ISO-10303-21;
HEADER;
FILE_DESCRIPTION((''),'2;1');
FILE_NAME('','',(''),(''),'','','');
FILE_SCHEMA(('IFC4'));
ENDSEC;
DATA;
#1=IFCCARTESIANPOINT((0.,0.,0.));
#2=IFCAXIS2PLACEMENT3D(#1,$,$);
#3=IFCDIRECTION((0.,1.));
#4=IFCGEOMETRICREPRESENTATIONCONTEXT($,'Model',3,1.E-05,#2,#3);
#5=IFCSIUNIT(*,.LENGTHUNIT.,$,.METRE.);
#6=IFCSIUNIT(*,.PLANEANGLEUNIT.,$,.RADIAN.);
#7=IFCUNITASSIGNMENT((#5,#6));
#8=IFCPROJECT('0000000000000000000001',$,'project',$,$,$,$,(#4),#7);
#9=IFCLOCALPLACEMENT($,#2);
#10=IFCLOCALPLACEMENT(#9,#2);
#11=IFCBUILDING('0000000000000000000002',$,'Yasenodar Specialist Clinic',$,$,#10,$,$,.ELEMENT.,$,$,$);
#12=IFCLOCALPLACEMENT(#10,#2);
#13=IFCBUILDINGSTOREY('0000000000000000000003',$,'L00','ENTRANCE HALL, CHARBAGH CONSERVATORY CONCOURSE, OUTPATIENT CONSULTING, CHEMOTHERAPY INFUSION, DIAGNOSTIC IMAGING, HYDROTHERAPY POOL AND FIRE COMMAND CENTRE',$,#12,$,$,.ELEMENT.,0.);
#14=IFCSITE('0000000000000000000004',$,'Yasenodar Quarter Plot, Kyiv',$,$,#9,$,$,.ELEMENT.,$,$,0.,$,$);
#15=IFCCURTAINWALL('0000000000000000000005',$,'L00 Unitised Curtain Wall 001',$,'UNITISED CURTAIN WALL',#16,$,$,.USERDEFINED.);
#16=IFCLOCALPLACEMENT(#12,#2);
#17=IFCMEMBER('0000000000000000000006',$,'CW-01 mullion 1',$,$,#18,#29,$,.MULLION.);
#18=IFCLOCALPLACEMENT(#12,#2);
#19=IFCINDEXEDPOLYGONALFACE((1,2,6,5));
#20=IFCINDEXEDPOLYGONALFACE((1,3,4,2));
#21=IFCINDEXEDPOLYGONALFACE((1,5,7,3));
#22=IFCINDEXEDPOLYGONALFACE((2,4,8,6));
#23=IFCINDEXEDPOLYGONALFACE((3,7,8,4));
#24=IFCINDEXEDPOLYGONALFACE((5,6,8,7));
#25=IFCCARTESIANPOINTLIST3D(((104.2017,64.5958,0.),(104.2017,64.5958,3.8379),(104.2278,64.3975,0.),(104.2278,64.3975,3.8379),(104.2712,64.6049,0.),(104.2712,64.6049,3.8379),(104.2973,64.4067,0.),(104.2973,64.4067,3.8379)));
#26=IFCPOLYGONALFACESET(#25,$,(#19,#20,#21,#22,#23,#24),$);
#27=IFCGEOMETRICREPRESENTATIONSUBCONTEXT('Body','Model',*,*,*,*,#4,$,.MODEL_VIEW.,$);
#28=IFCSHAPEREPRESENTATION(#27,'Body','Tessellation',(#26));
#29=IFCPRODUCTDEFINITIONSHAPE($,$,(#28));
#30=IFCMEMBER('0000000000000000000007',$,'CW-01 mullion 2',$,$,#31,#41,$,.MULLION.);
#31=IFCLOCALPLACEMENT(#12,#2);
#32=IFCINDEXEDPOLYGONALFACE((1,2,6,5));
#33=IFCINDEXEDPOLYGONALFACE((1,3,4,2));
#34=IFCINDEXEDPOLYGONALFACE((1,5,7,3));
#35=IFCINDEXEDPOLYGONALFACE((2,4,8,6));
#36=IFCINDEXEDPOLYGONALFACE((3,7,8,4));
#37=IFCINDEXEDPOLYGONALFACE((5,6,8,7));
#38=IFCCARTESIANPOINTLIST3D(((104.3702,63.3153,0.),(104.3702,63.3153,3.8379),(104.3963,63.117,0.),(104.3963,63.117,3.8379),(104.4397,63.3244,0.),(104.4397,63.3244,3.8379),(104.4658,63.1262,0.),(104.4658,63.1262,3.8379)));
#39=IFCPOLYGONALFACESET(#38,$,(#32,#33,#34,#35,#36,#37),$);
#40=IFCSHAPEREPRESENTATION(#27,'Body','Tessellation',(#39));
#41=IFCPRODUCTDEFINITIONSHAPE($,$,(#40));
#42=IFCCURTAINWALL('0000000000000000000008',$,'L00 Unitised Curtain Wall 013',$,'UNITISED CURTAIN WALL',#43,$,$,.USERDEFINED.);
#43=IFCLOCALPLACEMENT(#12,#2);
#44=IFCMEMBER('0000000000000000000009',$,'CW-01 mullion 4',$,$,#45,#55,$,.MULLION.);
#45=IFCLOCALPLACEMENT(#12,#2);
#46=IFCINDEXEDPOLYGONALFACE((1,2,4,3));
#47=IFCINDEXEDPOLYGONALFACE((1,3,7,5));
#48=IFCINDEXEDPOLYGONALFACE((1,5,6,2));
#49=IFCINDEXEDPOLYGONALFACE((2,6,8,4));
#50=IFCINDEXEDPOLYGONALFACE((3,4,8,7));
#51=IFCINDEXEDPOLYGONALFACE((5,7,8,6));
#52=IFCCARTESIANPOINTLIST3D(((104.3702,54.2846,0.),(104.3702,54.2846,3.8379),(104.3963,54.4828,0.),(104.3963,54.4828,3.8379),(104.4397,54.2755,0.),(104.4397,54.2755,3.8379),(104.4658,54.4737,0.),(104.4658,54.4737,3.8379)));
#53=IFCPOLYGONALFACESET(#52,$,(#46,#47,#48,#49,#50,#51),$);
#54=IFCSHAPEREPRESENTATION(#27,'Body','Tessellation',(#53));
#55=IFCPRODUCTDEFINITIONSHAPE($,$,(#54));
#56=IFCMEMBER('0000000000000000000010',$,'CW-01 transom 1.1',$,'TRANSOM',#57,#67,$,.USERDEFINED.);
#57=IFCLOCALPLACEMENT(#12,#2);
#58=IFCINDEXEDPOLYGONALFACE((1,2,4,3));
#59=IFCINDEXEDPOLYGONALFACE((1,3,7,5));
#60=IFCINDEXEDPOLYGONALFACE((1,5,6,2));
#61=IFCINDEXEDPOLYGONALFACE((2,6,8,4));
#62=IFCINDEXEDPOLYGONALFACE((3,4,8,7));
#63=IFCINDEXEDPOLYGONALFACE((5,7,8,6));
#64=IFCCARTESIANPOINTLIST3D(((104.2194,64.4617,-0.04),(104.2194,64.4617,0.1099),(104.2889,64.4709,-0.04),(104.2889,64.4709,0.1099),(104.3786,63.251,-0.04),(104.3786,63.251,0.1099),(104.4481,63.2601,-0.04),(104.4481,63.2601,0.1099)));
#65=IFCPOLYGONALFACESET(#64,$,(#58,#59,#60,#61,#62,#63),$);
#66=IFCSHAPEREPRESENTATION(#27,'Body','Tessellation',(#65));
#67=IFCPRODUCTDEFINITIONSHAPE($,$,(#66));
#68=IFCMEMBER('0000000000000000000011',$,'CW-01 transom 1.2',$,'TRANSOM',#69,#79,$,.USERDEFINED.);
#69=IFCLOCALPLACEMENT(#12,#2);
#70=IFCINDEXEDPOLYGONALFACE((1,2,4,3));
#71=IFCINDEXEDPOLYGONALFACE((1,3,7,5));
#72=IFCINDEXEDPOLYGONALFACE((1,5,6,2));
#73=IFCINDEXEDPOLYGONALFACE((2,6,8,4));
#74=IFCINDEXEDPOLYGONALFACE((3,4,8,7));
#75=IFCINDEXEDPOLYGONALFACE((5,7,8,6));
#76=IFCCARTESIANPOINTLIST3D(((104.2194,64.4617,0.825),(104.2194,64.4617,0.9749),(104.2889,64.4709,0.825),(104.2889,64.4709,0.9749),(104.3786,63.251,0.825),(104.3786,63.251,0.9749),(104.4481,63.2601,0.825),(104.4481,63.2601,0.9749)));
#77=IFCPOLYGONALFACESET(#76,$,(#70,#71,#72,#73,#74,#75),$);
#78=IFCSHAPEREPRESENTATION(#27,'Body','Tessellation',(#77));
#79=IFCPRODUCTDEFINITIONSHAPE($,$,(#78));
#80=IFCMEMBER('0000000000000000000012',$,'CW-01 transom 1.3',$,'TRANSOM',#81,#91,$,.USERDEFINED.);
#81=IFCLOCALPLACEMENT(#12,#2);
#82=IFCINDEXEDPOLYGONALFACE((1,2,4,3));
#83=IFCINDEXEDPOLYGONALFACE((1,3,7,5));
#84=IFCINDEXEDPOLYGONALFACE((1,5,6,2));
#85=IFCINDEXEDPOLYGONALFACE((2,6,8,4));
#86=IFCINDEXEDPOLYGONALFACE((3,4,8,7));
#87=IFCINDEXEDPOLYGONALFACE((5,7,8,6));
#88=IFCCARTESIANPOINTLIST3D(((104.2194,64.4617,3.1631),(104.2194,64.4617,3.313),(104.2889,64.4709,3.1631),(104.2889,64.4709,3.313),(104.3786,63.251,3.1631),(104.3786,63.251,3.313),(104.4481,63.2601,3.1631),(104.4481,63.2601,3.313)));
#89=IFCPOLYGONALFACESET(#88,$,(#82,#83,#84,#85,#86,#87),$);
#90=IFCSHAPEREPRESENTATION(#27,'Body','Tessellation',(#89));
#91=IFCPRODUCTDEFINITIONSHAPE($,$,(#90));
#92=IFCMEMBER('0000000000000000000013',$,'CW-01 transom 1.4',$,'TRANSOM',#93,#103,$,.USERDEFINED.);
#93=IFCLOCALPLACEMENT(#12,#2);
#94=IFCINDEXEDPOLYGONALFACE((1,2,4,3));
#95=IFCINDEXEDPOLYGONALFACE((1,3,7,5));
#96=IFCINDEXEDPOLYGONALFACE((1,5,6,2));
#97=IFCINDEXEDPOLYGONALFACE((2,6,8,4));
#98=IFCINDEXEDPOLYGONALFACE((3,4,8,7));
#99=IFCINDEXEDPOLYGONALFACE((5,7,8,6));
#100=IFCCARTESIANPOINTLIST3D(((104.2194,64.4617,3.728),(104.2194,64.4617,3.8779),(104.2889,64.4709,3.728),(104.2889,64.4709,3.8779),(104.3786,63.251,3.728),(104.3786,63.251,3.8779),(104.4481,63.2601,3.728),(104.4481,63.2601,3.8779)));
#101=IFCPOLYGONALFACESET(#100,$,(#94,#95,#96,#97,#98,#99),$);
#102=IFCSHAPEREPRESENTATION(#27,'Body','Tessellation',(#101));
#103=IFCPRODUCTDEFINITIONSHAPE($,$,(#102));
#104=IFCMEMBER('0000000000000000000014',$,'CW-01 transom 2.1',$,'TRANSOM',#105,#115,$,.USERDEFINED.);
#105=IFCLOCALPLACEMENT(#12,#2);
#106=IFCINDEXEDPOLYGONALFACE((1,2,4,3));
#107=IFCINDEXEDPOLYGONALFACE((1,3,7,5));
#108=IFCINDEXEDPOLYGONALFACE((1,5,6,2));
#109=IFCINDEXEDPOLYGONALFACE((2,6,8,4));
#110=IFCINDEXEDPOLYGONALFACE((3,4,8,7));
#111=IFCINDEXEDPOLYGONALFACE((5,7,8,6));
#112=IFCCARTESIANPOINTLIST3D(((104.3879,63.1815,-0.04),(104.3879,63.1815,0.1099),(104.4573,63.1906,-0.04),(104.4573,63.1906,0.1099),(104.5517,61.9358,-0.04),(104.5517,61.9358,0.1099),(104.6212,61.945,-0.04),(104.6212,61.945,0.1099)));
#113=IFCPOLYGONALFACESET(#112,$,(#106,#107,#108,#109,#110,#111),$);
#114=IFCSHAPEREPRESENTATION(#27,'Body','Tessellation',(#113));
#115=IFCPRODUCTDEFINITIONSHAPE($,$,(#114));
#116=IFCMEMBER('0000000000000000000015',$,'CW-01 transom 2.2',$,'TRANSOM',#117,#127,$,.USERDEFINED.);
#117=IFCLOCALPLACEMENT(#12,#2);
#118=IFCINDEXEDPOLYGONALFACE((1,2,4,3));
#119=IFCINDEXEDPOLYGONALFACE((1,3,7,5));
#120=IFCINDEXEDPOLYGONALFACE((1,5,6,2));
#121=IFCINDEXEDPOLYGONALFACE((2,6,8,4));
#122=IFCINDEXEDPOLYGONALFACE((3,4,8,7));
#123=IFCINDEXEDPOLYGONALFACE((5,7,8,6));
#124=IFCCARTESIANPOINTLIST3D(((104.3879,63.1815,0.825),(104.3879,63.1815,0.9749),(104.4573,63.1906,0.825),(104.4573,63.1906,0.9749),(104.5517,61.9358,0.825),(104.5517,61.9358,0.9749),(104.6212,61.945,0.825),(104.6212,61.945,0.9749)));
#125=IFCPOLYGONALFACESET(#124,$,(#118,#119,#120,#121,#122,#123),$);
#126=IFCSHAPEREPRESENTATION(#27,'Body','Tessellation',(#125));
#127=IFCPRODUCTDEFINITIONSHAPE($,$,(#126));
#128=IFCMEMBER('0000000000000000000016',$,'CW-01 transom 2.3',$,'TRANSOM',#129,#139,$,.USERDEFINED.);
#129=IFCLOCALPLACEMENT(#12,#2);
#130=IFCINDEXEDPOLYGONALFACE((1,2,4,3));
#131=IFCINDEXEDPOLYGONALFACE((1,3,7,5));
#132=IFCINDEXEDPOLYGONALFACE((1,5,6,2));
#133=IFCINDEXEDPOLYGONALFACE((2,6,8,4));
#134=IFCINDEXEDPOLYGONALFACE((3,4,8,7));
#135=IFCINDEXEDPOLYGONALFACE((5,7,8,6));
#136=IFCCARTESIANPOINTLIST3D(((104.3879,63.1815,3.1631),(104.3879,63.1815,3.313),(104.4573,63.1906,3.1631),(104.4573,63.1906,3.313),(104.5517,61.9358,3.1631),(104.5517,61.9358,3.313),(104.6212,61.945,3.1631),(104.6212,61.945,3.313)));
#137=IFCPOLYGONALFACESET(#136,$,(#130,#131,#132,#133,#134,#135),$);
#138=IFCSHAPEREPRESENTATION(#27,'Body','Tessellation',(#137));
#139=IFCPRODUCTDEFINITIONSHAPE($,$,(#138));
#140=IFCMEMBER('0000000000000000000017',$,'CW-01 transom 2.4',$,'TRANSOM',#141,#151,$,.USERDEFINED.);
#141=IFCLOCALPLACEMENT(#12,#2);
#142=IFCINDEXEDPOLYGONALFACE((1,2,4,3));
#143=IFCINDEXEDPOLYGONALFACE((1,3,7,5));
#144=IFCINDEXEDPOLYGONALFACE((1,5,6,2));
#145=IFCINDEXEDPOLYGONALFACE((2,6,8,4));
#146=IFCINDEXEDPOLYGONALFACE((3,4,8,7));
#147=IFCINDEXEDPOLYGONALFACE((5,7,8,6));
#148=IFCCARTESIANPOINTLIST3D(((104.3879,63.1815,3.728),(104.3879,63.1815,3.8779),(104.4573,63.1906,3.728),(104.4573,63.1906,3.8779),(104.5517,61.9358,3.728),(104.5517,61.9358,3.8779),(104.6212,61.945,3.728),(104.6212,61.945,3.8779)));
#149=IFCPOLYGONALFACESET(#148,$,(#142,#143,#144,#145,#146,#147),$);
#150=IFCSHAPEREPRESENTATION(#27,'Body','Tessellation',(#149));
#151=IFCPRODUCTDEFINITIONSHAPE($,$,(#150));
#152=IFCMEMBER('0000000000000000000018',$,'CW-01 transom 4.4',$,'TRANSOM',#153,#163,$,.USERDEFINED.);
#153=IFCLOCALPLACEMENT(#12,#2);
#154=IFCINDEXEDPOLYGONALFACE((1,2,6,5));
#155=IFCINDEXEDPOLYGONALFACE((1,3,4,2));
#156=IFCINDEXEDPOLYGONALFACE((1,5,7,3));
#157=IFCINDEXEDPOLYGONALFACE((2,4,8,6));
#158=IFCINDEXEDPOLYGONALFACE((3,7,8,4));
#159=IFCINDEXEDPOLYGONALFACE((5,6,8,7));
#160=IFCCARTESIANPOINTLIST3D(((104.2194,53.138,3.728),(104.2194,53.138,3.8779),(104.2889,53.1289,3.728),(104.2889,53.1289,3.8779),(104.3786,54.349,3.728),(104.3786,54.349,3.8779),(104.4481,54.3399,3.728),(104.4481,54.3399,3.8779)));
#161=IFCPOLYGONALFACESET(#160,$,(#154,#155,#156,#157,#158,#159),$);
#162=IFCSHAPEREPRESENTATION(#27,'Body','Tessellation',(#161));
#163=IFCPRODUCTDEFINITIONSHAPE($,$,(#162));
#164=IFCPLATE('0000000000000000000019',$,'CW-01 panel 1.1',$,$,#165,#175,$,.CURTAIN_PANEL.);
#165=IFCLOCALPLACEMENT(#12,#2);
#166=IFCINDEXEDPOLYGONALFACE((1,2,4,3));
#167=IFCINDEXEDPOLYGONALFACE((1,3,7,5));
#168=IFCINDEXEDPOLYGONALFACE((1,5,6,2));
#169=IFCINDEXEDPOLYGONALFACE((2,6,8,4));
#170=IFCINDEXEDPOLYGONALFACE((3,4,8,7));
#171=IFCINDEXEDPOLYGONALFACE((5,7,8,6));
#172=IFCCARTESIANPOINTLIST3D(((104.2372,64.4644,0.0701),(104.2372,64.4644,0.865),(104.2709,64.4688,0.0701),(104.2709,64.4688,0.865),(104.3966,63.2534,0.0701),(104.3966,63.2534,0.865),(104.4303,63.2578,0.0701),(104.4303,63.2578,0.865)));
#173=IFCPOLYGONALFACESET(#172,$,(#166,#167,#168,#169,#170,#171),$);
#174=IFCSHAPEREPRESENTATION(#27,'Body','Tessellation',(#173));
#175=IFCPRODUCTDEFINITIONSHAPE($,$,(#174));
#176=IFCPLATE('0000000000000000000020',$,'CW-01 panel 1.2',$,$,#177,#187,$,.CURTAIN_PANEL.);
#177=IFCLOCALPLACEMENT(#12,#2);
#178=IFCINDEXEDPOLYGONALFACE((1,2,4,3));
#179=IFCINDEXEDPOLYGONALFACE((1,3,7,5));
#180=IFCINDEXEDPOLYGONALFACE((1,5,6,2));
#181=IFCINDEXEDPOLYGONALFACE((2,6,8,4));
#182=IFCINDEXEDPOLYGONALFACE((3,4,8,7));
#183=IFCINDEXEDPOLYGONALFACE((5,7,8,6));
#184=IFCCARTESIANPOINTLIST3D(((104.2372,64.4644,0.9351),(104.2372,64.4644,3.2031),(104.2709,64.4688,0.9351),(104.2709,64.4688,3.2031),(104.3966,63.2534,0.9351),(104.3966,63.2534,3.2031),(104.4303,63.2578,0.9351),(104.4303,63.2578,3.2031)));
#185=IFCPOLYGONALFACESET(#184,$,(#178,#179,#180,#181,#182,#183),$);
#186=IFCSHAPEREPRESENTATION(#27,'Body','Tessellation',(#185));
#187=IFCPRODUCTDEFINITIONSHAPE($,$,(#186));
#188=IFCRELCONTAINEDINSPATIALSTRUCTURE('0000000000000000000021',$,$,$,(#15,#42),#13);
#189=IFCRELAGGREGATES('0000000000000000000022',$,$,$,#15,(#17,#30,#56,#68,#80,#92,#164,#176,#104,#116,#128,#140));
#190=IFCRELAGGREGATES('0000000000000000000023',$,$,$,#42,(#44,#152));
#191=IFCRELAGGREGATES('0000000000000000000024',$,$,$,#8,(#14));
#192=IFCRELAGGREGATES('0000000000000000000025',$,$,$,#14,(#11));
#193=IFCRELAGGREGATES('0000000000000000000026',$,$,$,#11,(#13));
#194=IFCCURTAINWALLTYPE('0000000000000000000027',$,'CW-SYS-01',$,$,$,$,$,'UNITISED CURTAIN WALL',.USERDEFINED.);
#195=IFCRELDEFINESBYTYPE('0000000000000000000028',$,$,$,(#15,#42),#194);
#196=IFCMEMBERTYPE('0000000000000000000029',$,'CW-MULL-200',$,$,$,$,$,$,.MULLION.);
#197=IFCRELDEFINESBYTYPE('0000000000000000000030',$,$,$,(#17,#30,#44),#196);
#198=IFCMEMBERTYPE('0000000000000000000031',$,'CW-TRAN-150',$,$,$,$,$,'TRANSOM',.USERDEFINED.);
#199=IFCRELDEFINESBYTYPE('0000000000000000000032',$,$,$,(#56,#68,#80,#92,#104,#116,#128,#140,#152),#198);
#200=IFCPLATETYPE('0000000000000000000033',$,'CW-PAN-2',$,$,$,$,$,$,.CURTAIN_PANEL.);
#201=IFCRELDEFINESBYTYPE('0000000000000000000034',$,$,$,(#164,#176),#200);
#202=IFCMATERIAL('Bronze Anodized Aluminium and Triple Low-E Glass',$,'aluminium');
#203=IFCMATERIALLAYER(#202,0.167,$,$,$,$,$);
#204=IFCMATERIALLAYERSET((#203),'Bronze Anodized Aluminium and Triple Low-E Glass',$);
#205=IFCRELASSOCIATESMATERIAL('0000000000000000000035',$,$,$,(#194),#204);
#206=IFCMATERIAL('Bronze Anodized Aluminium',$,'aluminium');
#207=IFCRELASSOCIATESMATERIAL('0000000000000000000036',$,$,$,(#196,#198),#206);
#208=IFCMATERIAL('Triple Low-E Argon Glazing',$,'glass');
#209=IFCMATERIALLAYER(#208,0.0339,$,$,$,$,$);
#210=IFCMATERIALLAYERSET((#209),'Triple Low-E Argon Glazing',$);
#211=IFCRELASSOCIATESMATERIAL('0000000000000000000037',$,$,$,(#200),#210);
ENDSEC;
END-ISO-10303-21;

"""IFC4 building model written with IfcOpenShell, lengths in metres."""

from ifc_helpers import new_model, si_unit, direction, frame, origin, origin_2d, place, context, subcontext, project, spatial, rectangle, extrude, material, layer, layer_set, material_profile, profile_set, type_object, element, aggregate, save


model = new_model("IFC4")

# Units and contexts
model_context = context("Model", 3, precision=1e-05, world=origin(), true_north=direction((0.0, 1.0)))
body_context = subcontext(model_context, "Body", "Model", "MODEL_VIEW")
ifc_project = project(units=[si_unit("LENGTHUNIT", "METRE"), si_unit("PLANEANGLEUNIT", "RADIAN")], contexts=[model_context])

# Site, building, storey
site_placement = place(None, origin())
site = spatial("IfcSite", under=ifc_project, at=site_placement, Name="Yasenodar Quarter Plot, Kyiv", CompositionType="ELEMENT", RefElevation=0.0)
building_placement = place(site_placement, origin())
building = spatial("IfcBuilding", under=site, at=building_placement, Name="Yasenodar Specialist Clinic", CompositionType="ELEMENT")
storey_placement = place(building_placement, origin())
storey = spatial("IfcBuildingStorey", under=building, at=storey_placement, Name="L00", Description="ENTRANCE HALL, CHARBAGH CONSERVATORY CONCOURSE, OUTPATIENT CONSULTING, CHEMOTHERAPY INFUSION, DIAGNOSTIC IMAGING, HYDROTHERAPY POOL AND FIRE COMMAND CENTRE", CompositionType="ELEMENT", Elevation=0.0)

# Curtain wall, members
ifc_material_1 = material(Name="Bronze Anodized Aluminium and Triple Low-E Glass", Category="aluminium")
ifc_layer_1 = layer(ifc_material_1, 0.167)
ifc_layer_set_1 = layer_set([ifc_layer_1], Name="Bronze Anodized Aluminium and Triple Low-E Glass")
curtain_wall_type = type_object("IfcCurtainWallType", Name="CW-SYS-01", ElementType="UNITISED CURTAIN WALL", PredefinedType="USERDEFINED", material=ifc_layer_set_1)
curtain_wall_1_placement = place(storey_placement, origin())
curtain_wall_1 = element("IfcCurtainWall", 1, at=curtain_wall_1_placement, inside=storey, type_object=curtain_wall_type, Name="L00 Unitised Curtain Wall 001", ObjectType="UNITISED CURTAIN WALL", PredefinedType="USERDEFINED")
ifc_material_2 = material(Name="Bronze Anodized Aluminium", Category="aluminium")
ifc_material_profile_1 = material_profile(ifc_material_2, rectangle(XDim=0.0701, YDim=0.2, at=origin_2d()), Name="CW-MULL 70x200")
ifc_profile_set_1 = profile_set([ifc_material_profile_1], Name="Bronze Anodized Aluminium")
member_type_1 = type_object("IfcMemberType", Name="CW-MULL-200", PredefinedType="MULLION", material=ifc_profile_set_1)
member_1_placement = place(storey_placement, frame((104.2495, 64.5012, 0.0), z_axis=(0.0, 0.0, 1.0), x_axis=(0.991447, 0.130512, 0.0)))
member_1 = element("IfcMember", 2, at=member_1_placement, type_object=member_type_1, Name="CW-01 mullion 1", PredefinedType="MULLION", context=body_context, shape_type="SweptSolid", body=[
    extrude(rectangle(XDim=0.0701, YDim=0.2, at=origin_2d()), origin(), (0.0, 0.0, 1.0), 3.8379),
])
member_2_placement = place(storey_placement, frame((104.418, 63.2207, 0.0), z_axis=(0.0, 0.0, 1.0), x_axis=(0.991447, 0.130512, 0.0)))
member_2 = element("IfcMember", 3, at=member_2_placement, type_object=member_type_1, Name="CW-01 mullion 2", PredefinedType="MULLION", context=body_context, shape_type="SweptSolid", body=[
    extrude(rectangle(XDim=0.0701, YDim=0.2, at=origin_2d()), origin(), (0.0, 0.0, 1.0), 3.8379),
])

# Curtain wall, member
curtain_wall_2_placement = place(storey_placement, origin())
curtain_wall_2 = element("IfcCurtainWall", 4, at=curtain_wall_2_placement, inside=storey, type_object=curtain_wall_type, Name="L00 Unitised Curtain Wall 013", ObjectType="UNITISED CURTAIN WALL", PredefinedType="USERDEFINED")
member_3_placement = place(storey_placement, frame((104.418, 54.3792, 0.0), z_axis=(0.0, 0.0, 1.0), x_axis=(0.991447, -0.130512, 0.0)))
member_3 = element("IfcMember", 5, at=member_3_placement, type_object=member_type_1, Name="CW-01 mullion 4", PredefinedType="MULLION", context=body_context, shape_type="SweptSolid", body=[
    extrude(rectangle(XDim=0.0701, YDim=0.2, at=origin_2d()), origin(), (0.0, 0.0, 1.0), 3.8379),
])

# Members
ifc_material_profile_2 = material_profile(ifc_material_2, rectangle(XDim=0.0701, YDim=0.1499, at=origin_2d()), Name="CW-TRAN 70x150")
ifc_profile_set_2 = profile_set([ifc_material_profile_2], Name="Bronze Anodized Aluminium")
member_type_2 = type_object("IfcMemberType", Name="CW-TRAN-150", ElementType="TRANSOM", PredefinedType="USERDEFINED", material=ifc_profile_set_2)
member_4_placement = place(storey_placement, frame((104.2542, 64.4663, 0.0349), z_axis=(0.130356, -0.991467, 0.0), x_axis=(0.991467, 0.130356, 0.0)))
member_4 = element("IfcMember", 6, at=member_4_placement, type_object=member_type_2, Name="CW-01 transom 1.1", ObjectType="TRANSOM", PredefinedType="USERDEFINED", context=body_context, shape_type="SweptSolid", body=[
    extrude(rectangle(XDim=0.0701, YDim=0.1499, at=origin_2d()), origin(), (0.0, 0.0, 1.0), 1.2212),
])
member_5_placement = place(storey_placement, frame((104.2542, 64.4663, 0.8999), z_axis=(0.130356, -0.991467, 0.0), x_axis=(0.991467, 0.130356, 0.0)))
member_5 = element("IfcMember", 7, at=member_5_placement, type_object=member_type_2, Name="CW-01 transom 1.2", ObjectType="TRANSOM", PredefinedType="USERDEFINED", context=body_context, shape_type="SweptSolid", body=[
    extrude(rectangle(XDim=0.0701, YDim=0.1499, at=origin_2d()), origin(), (0.0, 0.0, 1.0), 1.2212),
])
member_6_placement = place(storey_placement, frame((104.2542, 64.4663, 3.238), z_axis=(0.130356, -0.991467, 0.0), x_axis=(0.991467, 0.130356, 0.0)))
member_6 = element("IfcMember", 8, at=member_6_placement, type_object=member_type_2, Name="CW-01 transom 1.3", ObjectType="TRANSOM", PredefinedType="USERDEFINED", context=body_context, shape_type="SweptSolid", body=[
    extrude(rectangle(XDim=0.0701, YDim=0.1499, at=origin_2d()), origin(), (0.0, 0.0, 1.0), 1.2212),
])
member_7_placement = place(storey_placement, frame((104.2542, 64.4663, 3.803), z_axis=(0.130356, -0.991467, 0.0), x_axis=(0.991467, 0.130356, 0.0)))
member_7 = element("IfcMember", 9, at=member_7_placement, type_object=member_type_2, Name="CW-01 transom 1.4", ObjectType="TRANSOM", PredefinedType="USERDEFINED", context=body_context, shape_type="SweptSolid", body=[
    extrude(rectangle(XDim=0.0701, YDim=0.1499, at=origin_2d()), origin(), (0.0, 0.0, 1.0), 1.2212),
])
member_8_placement = place(storey_placement, frame((104.4226, 63.186, 0.0349), z_axis=(0.130394, -0.991462, 0.0), x_axis=(0.991462, 0.130394, 0.0)))
member_8 = element("IfcMember", 10, at=member_8_placement, type_object=member_type_2, Name="CW-01 transom 2.1", ObjectType="TRANSOM", PredefinedType="USERDEFINED", context=body_context, shape_type="SweptSolid", body=[
    extrude(rectangle(XDim=0.0701, YDim=0.1499, at=origin_2d()), origin(), (0.0, 0.0, 1.0), 1.2563),
])
member_9_placement = place(storey_placement, frame((104.4226, 63.186, 0.8999), z_axis=(0.130394, -0.991462, 0.0), x_axis=(0.991462, 0.130394, 0.0)))
member_9 = element("IfcMember", 11, at=member_9_placement, type_object=member_type_2, Name="CW-01 transom 2.2", ObjectType="TRANSOM", PredefinedType="USERDEFINED", context=body_context, shape_type="SweptSolid", body=[
    extrude(rectangle(XDim=0.0701, YDim=0.1499, at=origin_2d()), origin(), (0.0, 0.0, 1.0), 1.2563),
])
member_10_placement = place(storey_placement, frame((104.4226, 63.186, 3.238), z_axis=(0.130394, -0.991462, 0.0), x_axis=(0.991462, 0.130394, 0.0)))
member_10 = element("IfcMember", 12, at=member_10_placement, type_object=member_type_2, Name="CW-01 transom 2.3", ObjectType="TRANSOM", PredefinedType="USERDEFINED", context=body_context, shape_type="SweptSolid", body=[
    extrude(rectangle(XDim=0.0701, YDim=0.1499, at=origin_2d()), origin(), (0.0, 0.0, 1.0), 1.2563),
])
member_11_placement = place(storey_placement, frame((104.4226, 63.186, 3.803), z_axis=(0.130394, -0.991462, 0.0), x_axis=(0.991462, 0.130394, 0.0)))
member_11 = element("IfcMember", 13, at=member_11_placement, type_object=member_type_2, Name="CW-01 transom 2.4", ObjectType="TRANSOM", PredefinedType="USERDEFINED", context=body_context, shape_type="SweptSolid", body=[
    extrude(rectangle(XDim=0.0701, YDim=0.1499, at=origin_2d()), origin(), (0.0, 0.0, 1.0), 1.2563),
])
member_12_placement = place(storey_placement, frame((104.4133, 54.3445, 3.803), z_axis=(-0.13033, -0.991471, 0.0), x_axis=(0.991471, -0.13033, 0.0)))
member_12 = element("IfcMember", 14, at=member_12_placement, type_object=member_type_2, Name="CW-01 transom 4.4", ObjectType="TRANSOM", PredefinedType="USERDEFINED", context=body_context, shape_type="SweptSolid", body=[
    extrude(rectangle(XDim=0.0701, YDim=0.1499, at=origin_2d()), origin(), (0.0, 0.0, 1.0), 1.2214),
])

# Plates
ifc_material_3 = material(Name="Triple Low-E Argon Glazing", Category="glass")
ifc_layer_2 = layer(ifc_material_3, 0.0339)
ifc_layer_set_2 = layer_set([ifc_layer_2], Name="Triple Low-E Argon Glazing")
plate_type = type_object("IfcPlateType", Name="CW-PAN-2", PredefinedType="CURTAIN_PANEL", material=ifc_layer_set_2)
plate_1_placement = place(storey_placement, frame((104.3337, 63.8611, 0.0701), z_axis=(0.0, 0.0, 1.0), x_axis=(0.130512, -0.991447, 0.0)))
plate_1 = element("IfcPlate", 15, at=plate_1_placement, type_object=plate_type, Name="CW-01 panel 1.1", PredefinedType="CURTAIN_PANEL", context=body_context, shape_type="SweptSolid", body=[
    extrude(rectangle(XDim=1.2214, YDim=0.0339, at=origin_2d()), origin(), (0.0, 0.0, 1.0), 0.7949),
])
plate_2_placement = place(storey_placement, frame((104.3337, 63.8611, 0.9351), z_axis=(0.0, 0.0, 1.0), x_axis=(0.130512, -0.991447, 0.0)))
plate_2 = element("IfcPlate", 16, at=plate_2_placement, type_object=plate_type, Name="CW-01 panel 1.2", PredefinedType="CURTAIN_PANEL", context=body_context, shape_type="SweptSolid", body=[
    extrude(rectangle(XDim=1.2214, YDim=0.0339, at=origin_2d()), origin(), (0.0, 0.0, 1.0), 2.2681),
])
aggregate(curtain_wall_1, [member_1, member_2, member_4, member_5, member_6, member_7, plate_1, plate_2, member_8, member_9, member_10, member_11])
aggregate(curtain_wall_2, [member_3, member_12])

save(model, "model.ifc")
